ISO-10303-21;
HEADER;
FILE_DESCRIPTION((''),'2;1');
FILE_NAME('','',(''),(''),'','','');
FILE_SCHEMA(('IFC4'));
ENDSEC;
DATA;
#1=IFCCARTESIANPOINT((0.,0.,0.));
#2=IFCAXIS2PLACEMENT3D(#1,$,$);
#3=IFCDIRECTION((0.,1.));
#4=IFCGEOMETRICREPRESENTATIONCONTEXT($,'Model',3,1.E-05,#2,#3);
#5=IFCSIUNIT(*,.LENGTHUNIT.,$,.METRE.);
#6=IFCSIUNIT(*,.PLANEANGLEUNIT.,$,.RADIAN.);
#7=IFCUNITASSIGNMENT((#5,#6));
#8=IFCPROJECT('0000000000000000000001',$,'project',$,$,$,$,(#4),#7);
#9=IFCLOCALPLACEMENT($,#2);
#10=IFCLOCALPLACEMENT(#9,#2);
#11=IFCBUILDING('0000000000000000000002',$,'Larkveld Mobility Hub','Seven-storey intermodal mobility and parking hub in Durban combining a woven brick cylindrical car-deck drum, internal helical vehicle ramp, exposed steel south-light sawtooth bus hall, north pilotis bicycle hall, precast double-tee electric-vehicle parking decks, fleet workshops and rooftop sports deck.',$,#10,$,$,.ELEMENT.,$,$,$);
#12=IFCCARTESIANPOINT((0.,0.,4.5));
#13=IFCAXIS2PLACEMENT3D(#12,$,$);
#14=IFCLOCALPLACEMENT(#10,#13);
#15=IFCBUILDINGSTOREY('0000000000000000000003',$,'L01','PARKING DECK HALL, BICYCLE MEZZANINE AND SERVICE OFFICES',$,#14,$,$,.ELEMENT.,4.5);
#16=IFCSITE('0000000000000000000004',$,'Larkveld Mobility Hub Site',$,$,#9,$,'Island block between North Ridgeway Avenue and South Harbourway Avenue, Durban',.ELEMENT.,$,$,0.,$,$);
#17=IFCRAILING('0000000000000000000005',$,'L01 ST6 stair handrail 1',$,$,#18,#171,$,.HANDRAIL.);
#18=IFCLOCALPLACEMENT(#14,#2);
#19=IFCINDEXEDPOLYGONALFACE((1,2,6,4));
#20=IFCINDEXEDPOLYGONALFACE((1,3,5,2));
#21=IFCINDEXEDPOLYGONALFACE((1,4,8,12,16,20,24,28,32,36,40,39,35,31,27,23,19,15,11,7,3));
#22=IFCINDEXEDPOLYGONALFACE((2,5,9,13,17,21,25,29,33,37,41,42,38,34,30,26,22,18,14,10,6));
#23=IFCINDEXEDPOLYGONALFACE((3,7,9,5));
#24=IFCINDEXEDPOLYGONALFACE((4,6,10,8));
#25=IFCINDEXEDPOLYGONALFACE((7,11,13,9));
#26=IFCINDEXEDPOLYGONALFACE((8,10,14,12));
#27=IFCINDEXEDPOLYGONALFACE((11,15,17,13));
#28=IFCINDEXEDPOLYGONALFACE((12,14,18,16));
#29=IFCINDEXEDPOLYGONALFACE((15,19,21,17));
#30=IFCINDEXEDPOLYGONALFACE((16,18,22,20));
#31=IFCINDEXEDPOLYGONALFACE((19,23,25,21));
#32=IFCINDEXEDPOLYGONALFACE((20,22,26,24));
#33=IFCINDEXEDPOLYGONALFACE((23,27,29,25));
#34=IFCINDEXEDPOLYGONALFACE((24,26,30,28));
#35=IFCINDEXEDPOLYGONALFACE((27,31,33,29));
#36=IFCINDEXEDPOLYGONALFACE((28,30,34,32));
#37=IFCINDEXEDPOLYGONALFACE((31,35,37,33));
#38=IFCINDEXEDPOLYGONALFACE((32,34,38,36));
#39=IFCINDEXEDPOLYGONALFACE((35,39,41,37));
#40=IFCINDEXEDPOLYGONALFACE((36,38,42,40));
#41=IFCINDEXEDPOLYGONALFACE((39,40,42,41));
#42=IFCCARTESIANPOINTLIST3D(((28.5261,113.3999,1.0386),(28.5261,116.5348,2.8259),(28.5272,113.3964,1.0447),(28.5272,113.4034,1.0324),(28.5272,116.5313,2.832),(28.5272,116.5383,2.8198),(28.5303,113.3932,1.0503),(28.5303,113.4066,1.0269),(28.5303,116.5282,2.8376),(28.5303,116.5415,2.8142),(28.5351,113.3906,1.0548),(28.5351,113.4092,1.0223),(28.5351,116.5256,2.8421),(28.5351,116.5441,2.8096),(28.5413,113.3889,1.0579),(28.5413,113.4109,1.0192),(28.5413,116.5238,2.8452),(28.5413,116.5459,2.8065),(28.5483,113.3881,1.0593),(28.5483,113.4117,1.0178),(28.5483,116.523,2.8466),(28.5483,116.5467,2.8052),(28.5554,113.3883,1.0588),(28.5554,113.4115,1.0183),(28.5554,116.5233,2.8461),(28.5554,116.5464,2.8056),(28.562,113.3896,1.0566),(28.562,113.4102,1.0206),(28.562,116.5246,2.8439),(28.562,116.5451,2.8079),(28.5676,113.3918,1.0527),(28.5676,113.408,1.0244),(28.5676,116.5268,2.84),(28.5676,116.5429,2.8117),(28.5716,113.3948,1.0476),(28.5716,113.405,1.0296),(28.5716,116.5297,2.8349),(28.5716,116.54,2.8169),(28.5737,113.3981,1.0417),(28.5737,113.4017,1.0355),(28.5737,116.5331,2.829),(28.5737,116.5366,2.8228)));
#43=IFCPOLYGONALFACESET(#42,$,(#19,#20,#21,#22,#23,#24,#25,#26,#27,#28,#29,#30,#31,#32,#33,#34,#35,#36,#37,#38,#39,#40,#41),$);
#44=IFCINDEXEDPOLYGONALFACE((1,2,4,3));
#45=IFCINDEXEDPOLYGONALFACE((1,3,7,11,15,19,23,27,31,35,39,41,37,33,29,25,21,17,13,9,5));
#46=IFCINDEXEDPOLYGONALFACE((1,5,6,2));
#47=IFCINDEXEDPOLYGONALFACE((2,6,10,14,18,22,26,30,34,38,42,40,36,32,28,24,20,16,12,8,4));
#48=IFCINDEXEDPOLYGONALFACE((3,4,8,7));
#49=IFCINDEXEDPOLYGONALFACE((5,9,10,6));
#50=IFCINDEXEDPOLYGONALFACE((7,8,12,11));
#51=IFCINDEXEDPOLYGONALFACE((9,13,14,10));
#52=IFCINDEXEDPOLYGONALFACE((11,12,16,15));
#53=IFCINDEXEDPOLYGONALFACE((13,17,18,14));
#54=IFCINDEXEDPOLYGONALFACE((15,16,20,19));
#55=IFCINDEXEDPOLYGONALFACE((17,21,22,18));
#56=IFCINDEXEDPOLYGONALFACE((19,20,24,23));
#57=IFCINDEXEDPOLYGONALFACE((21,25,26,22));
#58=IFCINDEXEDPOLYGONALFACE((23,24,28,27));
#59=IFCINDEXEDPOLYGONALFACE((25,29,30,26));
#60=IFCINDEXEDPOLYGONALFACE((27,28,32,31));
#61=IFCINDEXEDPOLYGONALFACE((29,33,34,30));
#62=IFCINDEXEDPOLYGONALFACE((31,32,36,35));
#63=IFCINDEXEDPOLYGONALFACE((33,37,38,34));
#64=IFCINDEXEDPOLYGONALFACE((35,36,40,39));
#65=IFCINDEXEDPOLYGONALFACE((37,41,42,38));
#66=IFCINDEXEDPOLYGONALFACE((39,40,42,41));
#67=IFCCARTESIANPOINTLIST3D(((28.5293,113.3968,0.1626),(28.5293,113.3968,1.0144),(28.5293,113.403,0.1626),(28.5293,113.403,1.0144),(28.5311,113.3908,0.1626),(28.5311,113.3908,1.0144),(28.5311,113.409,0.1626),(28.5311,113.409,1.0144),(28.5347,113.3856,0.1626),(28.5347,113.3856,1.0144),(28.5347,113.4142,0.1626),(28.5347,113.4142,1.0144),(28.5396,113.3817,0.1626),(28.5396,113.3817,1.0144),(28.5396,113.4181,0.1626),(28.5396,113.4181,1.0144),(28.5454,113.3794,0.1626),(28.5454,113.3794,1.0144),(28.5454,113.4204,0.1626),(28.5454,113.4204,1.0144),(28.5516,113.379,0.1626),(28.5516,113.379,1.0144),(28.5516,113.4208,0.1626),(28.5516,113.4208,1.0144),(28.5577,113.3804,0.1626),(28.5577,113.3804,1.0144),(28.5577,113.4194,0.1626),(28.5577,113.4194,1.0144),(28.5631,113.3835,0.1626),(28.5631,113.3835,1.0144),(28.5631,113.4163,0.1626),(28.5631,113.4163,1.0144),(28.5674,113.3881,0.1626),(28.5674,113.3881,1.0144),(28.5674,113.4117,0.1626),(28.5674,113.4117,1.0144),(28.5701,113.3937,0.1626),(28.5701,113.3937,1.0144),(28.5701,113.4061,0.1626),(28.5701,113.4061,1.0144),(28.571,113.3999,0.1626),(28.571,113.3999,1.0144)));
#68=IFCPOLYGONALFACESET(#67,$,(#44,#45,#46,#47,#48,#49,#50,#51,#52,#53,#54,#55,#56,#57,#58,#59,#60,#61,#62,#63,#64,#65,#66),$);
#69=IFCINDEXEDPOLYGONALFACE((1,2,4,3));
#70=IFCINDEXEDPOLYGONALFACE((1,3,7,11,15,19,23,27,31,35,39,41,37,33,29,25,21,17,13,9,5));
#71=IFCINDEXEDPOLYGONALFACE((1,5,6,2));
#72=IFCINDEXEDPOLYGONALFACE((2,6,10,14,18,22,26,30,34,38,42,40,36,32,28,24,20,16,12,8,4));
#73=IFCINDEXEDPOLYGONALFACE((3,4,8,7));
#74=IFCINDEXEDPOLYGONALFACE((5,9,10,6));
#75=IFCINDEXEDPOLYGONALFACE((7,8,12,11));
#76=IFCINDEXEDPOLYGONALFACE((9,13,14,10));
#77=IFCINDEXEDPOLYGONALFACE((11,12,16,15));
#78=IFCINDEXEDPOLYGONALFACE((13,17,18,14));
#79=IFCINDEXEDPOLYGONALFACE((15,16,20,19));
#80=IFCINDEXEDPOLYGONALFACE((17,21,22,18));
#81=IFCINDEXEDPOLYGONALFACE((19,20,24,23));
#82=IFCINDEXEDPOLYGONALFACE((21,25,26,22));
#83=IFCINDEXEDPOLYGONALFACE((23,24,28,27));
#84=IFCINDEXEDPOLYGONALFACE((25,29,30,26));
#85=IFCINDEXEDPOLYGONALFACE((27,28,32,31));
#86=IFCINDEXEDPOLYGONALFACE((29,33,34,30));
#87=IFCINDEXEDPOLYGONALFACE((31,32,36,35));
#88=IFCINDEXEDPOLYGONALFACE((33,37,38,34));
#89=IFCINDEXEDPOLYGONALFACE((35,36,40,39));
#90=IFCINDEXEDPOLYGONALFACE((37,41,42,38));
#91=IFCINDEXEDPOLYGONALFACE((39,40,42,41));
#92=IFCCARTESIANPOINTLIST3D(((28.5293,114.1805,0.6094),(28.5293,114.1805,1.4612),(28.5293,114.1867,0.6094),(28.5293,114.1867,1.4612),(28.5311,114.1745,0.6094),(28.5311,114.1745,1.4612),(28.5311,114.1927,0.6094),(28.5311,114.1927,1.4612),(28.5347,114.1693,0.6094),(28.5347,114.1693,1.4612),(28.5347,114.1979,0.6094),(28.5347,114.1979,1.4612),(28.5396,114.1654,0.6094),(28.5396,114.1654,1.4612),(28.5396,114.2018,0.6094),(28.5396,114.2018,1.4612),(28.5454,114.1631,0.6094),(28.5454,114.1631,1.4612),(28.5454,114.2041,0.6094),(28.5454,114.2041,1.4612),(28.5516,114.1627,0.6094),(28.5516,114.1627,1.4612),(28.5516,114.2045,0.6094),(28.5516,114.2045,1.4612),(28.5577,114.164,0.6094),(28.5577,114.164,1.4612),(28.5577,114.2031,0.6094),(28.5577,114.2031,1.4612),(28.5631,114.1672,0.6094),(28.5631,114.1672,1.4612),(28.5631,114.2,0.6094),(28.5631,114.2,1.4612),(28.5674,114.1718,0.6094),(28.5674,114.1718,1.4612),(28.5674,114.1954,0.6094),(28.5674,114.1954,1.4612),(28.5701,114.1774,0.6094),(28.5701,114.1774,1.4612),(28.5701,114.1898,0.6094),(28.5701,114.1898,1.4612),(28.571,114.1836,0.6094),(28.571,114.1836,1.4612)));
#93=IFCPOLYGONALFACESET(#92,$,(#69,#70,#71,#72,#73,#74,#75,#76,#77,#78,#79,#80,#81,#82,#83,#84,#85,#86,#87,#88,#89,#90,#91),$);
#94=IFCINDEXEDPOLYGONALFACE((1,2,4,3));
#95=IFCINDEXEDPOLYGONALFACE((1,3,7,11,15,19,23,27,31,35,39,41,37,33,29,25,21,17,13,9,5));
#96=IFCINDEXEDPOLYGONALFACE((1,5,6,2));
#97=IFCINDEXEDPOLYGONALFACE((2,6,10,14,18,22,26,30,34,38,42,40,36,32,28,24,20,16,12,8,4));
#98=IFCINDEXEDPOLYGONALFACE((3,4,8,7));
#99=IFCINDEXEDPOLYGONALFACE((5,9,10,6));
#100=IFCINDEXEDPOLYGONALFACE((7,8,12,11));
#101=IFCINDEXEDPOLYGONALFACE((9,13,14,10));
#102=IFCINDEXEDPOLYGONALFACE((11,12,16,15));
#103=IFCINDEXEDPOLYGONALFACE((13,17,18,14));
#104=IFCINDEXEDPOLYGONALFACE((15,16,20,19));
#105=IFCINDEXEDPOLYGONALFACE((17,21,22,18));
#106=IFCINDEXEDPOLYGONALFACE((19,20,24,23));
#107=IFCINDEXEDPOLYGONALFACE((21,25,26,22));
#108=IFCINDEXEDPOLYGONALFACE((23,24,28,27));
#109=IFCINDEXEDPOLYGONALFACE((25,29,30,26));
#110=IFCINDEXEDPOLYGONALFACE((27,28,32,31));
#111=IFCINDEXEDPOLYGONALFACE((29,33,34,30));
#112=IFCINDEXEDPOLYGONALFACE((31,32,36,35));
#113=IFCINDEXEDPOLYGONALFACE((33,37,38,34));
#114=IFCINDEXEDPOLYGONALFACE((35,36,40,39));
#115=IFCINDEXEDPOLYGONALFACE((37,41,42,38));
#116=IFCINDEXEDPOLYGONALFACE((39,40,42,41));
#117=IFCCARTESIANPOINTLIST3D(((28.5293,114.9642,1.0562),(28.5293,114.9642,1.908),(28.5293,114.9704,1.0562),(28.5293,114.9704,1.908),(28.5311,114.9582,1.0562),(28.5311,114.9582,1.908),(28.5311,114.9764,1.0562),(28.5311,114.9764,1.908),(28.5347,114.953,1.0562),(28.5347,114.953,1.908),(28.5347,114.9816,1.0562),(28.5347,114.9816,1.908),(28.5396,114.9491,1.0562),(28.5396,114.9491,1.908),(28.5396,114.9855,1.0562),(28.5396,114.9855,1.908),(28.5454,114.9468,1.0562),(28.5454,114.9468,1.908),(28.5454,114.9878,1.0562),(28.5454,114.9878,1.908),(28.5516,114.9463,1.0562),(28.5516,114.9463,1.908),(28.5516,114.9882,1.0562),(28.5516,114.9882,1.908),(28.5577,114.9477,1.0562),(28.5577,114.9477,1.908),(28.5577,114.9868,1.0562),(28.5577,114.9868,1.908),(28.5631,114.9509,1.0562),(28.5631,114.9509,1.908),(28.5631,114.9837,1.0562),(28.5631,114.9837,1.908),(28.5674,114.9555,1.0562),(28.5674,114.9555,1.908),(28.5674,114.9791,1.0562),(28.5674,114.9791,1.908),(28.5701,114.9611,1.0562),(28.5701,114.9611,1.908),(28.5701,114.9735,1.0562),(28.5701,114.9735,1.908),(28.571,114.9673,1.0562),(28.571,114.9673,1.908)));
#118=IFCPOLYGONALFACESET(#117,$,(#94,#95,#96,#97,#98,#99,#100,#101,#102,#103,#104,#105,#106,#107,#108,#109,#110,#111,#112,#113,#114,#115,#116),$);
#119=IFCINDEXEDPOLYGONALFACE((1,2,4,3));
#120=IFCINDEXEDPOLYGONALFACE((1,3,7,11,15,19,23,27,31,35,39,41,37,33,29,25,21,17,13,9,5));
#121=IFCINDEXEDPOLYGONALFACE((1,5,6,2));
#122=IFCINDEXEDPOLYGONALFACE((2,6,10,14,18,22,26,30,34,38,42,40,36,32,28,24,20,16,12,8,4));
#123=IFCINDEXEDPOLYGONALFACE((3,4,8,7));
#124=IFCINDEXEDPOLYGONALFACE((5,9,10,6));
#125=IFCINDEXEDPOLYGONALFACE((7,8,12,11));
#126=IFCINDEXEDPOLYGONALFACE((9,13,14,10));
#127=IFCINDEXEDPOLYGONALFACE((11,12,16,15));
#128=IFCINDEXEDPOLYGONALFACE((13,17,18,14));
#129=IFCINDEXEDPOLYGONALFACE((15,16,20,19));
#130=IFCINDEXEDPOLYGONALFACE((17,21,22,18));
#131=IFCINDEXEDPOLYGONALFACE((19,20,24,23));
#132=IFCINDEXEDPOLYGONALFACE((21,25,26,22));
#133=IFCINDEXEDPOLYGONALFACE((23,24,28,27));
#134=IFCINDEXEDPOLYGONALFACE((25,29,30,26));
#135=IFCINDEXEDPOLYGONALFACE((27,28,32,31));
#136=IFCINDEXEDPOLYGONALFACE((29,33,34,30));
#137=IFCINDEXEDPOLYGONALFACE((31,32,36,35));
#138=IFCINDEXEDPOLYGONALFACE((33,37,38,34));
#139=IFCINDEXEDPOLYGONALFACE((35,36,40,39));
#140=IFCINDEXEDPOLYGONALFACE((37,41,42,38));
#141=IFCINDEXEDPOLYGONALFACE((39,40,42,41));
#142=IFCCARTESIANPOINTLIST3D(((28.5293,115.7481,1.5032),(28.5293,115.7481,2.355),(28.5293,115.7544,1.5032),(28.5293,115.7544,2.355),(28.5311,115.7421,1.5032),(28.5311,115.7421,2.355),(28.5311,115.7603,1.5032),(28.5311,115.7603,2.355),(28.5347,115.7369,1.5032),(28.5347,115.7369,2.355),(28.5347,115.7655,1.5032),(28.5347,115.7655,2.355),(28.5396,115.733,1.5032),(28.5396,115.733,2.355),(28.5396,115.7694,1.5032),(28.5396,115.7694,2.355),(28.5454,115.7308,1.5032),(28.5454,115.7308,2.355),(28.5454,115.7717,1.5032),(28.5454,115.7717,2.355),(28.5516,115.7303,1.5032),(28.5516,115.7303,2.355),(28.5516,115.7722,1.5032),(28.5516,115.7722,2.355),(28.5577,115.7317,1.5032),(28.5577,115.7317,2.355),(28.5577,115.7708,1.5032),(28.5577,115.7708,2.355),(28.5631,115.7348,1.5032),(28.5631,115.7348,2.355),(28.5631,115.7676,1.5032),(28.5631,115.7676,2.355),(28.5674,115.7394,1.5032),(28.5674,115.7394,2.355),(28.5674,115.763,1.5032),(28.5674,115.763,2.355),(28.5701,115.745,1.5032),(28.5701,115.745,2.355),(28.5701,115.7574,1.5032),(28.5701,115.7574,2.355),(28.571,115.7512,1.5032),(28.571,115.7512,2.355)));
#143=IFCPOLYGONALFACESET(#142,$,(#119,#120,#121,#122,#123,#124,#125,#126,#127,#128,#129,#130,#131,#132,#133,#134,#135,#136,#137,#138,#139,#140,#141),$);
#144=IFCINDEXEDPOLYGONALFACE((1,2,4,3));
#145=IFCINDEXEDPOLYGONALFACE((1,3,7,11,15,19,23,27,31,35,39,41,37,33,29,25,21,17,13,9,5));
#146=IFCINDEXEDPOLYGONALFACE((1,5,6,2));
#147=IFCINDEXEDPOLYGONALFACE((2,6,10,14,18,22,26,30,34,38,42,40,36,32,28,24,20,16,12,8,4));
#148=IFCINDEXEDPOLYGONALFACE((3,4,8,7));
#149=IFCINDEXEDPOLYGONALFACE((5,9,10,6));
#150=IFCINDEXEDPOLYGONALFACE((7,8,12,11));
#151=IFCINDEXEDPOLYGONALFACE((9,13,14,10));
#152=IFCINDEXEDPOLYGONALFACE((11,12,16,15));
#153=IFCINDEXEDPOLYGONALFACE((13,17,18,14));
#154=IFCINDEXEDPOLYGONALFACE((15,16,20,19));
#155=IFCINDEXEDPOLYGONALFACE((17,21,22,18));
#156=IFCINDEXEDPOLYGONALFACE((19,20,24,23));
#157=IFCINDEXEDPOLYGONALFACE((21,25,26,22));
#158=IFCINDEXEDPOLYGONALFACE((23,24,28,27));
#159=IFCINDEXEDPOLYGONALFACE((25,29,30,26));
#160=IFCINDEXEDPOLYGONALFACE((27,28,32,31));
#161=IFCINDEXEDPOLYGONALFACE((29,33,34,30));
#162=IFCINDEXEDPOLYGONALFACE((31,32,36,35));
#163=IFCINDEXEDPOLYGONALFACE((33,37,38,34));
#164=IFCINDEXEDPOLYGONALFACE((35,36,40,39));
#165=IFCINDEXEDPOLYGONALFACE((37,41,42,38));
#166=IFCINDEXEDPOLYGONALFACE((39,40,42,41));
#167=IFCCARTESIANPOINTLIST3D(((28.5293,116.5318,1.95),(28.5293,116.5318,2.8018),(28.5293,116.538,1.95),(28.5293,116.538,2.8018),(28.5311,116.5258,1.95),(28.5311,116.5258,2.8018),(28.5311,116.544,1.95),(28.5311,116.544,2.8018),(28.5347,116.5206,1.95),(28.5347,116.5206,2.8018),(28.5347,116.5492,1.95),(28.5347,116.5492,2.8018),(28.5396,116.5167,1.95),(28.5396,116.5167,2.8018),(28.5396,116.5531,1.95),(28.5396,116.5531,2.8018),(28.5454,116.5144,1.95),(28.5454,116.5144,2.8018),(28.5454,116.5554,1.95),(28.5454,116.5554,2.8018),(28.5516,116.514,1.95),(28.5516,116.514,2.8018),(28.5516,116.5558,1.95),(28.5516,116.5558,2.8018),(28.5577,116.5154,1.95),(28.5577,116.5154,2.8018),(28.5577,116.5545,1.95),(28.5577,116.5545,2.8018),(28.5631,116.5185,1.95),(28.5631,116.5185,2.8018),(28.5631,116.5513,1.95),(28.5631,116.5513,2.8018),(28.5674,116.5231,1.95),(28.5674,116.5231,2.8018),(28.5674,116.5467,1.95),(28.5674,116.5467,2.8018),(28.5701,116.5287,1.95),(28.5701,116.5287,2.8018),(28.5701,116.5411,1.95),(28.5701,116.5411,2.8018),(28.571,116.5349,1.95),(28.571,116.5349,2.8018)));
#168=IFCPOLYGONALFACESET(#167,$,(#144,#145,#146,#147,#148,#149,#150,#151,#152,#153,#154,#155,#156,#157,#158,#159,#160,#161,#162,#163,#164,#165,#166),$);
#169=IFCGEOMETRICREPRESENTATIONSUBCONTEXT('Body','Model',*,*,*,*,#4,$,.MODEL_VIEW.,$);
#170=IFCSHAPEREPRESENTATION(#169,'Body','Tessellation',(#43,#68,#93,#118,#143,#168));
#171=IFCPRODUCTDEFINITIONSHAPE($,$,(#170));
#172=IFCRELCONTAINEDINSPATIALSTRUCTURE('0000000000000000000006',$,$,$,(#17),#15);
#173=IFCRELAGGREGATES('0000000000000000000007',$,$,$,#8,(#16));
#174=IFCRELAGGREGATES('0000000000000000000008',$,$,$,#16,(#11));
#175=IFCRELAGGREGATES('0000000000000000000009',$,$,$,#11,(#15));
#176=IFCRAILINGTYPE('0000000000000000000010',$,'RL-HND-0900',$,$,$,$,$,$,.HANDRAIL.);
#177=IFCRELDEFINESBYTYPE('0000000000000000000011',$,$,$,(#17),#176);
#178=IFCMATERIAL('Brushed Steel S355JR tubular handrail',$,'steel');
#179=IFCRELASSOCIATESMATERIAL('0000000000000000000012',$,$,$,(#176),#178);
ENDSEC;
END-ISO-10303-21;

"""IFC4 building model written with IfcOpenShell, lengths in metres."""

from ifc_helpers import new_model, si_unit, direction, frame, origin, origin_2d, place, context, subcontext, project, spatial, circle, extrude, material, type_object, element, save


model = new_model("IFC4")

# Units and contexts
model_context = context("Model", 3, precision=1e-05, world=origin(), true_north=direction((0.0, 1.0)))
body_context = subcontext(model_context, "Body", "Model", "MODEL_VIEW")
ifc_project = project(units=[si_unit("LENGTHUNIT", "METRE"), si_unit("PLANEANGLEUNIT", "RADIAN")], contexts=[model_context])

# Site, building, storey
site_placement = place(None, origin())
site = spatial("IfcSite", under=ifc_project, at=site_placement, Name="Larkveld Mobility Hub Site", LongName="Island block between North Ridgeway Avenue and South Harbourway Avenue, Durban", CompositionType="ELEMENT", RefElevation=0.0)
building_placement = place(site_placement, origin())
building = spatial("IfcBuilding", under=site, at=building_placement, Name="Larkveld Mobility Hub", Description="Seven-storey intermodal mobility and parking hub in Durban combining a woven brick cylindrical car-deck drum, internal helical vehicle ramp, exposed steel south-light sawtooth bus hall, north pilotis bicycle hall, precast double-tee electric-vehicle parking decks, fleet workshops and rooftop sports deck.", CompositionType="ELEMENT")
storey_placement = place(building_placement, frame((0.0, 0.0, 4.5)))
storey = spatial("IfcBuildingStorey", under=building, at=storey_placement, Name="L01", Description="PARKING DECK HALL, BICYCLE MEZZANINE AND SERVICE OFFICES", CompositionType="ELEMENT", Elevation=4.5)

# Railing
ifc_material_1 = material(Name="Brushed Steel S355JR tubular handrail", Category="steel")
railing_type_1 = type_object("IfcRailingType", Name="RL-HND-0900", PredefinedType="HANDRAIL", material=ifc_material_1)
railing_1_placement = place(storey_placement, frame((28.55, 113.3999, 0.1626)))
element("IfcRailing", 1, at=railing_1_placement, inside=storey, type_object=railing_type_1, Name="L01 ST6 stair handrail 1", PredefinedType="HANDRAIL", context=body_context, shape_type="SweptSolid", body=[
    extrude(circle(Radius=0.0239, at=origin_2d()), frame((0.0, 0.0, 0.876), z_axis=(0.0, 0.86873, 0.495286), x_axis=(-1.0, 0.0, 0.0)), (0.0, 0.0, 1.0), 3.6086),
    extrude(circle(Radius=0.021, at=origin_2d()), origin(), (0.0, 0.0, 1.0), 0.8518),
    extrude(circle(Radius=0.021, at=origin_2d()), frame((0.0, 0.7837, 0.4468)), (0.0, 0.0, 1.0), 0.8518),
    extrude(circle(Radius=0.021, at=origin_2d()), frame((0.0, 1.5674, 0.8936)), (0.0, 0.0, 1.0), 0.8518),
    extrude(circle(Radius=0.021, at=origin_2d()), frame((0.0, 2.3513, 1.3406)), (0.0, 0.0, 1.0), 0.8518),
    extrude(circle(Radius=0.021, at=origin_2d()), frame((0.0, 3.135, 1.7874)), (0.0, 0.0, 1.0), 0.8518),
])

save(model, "model.ifc")
